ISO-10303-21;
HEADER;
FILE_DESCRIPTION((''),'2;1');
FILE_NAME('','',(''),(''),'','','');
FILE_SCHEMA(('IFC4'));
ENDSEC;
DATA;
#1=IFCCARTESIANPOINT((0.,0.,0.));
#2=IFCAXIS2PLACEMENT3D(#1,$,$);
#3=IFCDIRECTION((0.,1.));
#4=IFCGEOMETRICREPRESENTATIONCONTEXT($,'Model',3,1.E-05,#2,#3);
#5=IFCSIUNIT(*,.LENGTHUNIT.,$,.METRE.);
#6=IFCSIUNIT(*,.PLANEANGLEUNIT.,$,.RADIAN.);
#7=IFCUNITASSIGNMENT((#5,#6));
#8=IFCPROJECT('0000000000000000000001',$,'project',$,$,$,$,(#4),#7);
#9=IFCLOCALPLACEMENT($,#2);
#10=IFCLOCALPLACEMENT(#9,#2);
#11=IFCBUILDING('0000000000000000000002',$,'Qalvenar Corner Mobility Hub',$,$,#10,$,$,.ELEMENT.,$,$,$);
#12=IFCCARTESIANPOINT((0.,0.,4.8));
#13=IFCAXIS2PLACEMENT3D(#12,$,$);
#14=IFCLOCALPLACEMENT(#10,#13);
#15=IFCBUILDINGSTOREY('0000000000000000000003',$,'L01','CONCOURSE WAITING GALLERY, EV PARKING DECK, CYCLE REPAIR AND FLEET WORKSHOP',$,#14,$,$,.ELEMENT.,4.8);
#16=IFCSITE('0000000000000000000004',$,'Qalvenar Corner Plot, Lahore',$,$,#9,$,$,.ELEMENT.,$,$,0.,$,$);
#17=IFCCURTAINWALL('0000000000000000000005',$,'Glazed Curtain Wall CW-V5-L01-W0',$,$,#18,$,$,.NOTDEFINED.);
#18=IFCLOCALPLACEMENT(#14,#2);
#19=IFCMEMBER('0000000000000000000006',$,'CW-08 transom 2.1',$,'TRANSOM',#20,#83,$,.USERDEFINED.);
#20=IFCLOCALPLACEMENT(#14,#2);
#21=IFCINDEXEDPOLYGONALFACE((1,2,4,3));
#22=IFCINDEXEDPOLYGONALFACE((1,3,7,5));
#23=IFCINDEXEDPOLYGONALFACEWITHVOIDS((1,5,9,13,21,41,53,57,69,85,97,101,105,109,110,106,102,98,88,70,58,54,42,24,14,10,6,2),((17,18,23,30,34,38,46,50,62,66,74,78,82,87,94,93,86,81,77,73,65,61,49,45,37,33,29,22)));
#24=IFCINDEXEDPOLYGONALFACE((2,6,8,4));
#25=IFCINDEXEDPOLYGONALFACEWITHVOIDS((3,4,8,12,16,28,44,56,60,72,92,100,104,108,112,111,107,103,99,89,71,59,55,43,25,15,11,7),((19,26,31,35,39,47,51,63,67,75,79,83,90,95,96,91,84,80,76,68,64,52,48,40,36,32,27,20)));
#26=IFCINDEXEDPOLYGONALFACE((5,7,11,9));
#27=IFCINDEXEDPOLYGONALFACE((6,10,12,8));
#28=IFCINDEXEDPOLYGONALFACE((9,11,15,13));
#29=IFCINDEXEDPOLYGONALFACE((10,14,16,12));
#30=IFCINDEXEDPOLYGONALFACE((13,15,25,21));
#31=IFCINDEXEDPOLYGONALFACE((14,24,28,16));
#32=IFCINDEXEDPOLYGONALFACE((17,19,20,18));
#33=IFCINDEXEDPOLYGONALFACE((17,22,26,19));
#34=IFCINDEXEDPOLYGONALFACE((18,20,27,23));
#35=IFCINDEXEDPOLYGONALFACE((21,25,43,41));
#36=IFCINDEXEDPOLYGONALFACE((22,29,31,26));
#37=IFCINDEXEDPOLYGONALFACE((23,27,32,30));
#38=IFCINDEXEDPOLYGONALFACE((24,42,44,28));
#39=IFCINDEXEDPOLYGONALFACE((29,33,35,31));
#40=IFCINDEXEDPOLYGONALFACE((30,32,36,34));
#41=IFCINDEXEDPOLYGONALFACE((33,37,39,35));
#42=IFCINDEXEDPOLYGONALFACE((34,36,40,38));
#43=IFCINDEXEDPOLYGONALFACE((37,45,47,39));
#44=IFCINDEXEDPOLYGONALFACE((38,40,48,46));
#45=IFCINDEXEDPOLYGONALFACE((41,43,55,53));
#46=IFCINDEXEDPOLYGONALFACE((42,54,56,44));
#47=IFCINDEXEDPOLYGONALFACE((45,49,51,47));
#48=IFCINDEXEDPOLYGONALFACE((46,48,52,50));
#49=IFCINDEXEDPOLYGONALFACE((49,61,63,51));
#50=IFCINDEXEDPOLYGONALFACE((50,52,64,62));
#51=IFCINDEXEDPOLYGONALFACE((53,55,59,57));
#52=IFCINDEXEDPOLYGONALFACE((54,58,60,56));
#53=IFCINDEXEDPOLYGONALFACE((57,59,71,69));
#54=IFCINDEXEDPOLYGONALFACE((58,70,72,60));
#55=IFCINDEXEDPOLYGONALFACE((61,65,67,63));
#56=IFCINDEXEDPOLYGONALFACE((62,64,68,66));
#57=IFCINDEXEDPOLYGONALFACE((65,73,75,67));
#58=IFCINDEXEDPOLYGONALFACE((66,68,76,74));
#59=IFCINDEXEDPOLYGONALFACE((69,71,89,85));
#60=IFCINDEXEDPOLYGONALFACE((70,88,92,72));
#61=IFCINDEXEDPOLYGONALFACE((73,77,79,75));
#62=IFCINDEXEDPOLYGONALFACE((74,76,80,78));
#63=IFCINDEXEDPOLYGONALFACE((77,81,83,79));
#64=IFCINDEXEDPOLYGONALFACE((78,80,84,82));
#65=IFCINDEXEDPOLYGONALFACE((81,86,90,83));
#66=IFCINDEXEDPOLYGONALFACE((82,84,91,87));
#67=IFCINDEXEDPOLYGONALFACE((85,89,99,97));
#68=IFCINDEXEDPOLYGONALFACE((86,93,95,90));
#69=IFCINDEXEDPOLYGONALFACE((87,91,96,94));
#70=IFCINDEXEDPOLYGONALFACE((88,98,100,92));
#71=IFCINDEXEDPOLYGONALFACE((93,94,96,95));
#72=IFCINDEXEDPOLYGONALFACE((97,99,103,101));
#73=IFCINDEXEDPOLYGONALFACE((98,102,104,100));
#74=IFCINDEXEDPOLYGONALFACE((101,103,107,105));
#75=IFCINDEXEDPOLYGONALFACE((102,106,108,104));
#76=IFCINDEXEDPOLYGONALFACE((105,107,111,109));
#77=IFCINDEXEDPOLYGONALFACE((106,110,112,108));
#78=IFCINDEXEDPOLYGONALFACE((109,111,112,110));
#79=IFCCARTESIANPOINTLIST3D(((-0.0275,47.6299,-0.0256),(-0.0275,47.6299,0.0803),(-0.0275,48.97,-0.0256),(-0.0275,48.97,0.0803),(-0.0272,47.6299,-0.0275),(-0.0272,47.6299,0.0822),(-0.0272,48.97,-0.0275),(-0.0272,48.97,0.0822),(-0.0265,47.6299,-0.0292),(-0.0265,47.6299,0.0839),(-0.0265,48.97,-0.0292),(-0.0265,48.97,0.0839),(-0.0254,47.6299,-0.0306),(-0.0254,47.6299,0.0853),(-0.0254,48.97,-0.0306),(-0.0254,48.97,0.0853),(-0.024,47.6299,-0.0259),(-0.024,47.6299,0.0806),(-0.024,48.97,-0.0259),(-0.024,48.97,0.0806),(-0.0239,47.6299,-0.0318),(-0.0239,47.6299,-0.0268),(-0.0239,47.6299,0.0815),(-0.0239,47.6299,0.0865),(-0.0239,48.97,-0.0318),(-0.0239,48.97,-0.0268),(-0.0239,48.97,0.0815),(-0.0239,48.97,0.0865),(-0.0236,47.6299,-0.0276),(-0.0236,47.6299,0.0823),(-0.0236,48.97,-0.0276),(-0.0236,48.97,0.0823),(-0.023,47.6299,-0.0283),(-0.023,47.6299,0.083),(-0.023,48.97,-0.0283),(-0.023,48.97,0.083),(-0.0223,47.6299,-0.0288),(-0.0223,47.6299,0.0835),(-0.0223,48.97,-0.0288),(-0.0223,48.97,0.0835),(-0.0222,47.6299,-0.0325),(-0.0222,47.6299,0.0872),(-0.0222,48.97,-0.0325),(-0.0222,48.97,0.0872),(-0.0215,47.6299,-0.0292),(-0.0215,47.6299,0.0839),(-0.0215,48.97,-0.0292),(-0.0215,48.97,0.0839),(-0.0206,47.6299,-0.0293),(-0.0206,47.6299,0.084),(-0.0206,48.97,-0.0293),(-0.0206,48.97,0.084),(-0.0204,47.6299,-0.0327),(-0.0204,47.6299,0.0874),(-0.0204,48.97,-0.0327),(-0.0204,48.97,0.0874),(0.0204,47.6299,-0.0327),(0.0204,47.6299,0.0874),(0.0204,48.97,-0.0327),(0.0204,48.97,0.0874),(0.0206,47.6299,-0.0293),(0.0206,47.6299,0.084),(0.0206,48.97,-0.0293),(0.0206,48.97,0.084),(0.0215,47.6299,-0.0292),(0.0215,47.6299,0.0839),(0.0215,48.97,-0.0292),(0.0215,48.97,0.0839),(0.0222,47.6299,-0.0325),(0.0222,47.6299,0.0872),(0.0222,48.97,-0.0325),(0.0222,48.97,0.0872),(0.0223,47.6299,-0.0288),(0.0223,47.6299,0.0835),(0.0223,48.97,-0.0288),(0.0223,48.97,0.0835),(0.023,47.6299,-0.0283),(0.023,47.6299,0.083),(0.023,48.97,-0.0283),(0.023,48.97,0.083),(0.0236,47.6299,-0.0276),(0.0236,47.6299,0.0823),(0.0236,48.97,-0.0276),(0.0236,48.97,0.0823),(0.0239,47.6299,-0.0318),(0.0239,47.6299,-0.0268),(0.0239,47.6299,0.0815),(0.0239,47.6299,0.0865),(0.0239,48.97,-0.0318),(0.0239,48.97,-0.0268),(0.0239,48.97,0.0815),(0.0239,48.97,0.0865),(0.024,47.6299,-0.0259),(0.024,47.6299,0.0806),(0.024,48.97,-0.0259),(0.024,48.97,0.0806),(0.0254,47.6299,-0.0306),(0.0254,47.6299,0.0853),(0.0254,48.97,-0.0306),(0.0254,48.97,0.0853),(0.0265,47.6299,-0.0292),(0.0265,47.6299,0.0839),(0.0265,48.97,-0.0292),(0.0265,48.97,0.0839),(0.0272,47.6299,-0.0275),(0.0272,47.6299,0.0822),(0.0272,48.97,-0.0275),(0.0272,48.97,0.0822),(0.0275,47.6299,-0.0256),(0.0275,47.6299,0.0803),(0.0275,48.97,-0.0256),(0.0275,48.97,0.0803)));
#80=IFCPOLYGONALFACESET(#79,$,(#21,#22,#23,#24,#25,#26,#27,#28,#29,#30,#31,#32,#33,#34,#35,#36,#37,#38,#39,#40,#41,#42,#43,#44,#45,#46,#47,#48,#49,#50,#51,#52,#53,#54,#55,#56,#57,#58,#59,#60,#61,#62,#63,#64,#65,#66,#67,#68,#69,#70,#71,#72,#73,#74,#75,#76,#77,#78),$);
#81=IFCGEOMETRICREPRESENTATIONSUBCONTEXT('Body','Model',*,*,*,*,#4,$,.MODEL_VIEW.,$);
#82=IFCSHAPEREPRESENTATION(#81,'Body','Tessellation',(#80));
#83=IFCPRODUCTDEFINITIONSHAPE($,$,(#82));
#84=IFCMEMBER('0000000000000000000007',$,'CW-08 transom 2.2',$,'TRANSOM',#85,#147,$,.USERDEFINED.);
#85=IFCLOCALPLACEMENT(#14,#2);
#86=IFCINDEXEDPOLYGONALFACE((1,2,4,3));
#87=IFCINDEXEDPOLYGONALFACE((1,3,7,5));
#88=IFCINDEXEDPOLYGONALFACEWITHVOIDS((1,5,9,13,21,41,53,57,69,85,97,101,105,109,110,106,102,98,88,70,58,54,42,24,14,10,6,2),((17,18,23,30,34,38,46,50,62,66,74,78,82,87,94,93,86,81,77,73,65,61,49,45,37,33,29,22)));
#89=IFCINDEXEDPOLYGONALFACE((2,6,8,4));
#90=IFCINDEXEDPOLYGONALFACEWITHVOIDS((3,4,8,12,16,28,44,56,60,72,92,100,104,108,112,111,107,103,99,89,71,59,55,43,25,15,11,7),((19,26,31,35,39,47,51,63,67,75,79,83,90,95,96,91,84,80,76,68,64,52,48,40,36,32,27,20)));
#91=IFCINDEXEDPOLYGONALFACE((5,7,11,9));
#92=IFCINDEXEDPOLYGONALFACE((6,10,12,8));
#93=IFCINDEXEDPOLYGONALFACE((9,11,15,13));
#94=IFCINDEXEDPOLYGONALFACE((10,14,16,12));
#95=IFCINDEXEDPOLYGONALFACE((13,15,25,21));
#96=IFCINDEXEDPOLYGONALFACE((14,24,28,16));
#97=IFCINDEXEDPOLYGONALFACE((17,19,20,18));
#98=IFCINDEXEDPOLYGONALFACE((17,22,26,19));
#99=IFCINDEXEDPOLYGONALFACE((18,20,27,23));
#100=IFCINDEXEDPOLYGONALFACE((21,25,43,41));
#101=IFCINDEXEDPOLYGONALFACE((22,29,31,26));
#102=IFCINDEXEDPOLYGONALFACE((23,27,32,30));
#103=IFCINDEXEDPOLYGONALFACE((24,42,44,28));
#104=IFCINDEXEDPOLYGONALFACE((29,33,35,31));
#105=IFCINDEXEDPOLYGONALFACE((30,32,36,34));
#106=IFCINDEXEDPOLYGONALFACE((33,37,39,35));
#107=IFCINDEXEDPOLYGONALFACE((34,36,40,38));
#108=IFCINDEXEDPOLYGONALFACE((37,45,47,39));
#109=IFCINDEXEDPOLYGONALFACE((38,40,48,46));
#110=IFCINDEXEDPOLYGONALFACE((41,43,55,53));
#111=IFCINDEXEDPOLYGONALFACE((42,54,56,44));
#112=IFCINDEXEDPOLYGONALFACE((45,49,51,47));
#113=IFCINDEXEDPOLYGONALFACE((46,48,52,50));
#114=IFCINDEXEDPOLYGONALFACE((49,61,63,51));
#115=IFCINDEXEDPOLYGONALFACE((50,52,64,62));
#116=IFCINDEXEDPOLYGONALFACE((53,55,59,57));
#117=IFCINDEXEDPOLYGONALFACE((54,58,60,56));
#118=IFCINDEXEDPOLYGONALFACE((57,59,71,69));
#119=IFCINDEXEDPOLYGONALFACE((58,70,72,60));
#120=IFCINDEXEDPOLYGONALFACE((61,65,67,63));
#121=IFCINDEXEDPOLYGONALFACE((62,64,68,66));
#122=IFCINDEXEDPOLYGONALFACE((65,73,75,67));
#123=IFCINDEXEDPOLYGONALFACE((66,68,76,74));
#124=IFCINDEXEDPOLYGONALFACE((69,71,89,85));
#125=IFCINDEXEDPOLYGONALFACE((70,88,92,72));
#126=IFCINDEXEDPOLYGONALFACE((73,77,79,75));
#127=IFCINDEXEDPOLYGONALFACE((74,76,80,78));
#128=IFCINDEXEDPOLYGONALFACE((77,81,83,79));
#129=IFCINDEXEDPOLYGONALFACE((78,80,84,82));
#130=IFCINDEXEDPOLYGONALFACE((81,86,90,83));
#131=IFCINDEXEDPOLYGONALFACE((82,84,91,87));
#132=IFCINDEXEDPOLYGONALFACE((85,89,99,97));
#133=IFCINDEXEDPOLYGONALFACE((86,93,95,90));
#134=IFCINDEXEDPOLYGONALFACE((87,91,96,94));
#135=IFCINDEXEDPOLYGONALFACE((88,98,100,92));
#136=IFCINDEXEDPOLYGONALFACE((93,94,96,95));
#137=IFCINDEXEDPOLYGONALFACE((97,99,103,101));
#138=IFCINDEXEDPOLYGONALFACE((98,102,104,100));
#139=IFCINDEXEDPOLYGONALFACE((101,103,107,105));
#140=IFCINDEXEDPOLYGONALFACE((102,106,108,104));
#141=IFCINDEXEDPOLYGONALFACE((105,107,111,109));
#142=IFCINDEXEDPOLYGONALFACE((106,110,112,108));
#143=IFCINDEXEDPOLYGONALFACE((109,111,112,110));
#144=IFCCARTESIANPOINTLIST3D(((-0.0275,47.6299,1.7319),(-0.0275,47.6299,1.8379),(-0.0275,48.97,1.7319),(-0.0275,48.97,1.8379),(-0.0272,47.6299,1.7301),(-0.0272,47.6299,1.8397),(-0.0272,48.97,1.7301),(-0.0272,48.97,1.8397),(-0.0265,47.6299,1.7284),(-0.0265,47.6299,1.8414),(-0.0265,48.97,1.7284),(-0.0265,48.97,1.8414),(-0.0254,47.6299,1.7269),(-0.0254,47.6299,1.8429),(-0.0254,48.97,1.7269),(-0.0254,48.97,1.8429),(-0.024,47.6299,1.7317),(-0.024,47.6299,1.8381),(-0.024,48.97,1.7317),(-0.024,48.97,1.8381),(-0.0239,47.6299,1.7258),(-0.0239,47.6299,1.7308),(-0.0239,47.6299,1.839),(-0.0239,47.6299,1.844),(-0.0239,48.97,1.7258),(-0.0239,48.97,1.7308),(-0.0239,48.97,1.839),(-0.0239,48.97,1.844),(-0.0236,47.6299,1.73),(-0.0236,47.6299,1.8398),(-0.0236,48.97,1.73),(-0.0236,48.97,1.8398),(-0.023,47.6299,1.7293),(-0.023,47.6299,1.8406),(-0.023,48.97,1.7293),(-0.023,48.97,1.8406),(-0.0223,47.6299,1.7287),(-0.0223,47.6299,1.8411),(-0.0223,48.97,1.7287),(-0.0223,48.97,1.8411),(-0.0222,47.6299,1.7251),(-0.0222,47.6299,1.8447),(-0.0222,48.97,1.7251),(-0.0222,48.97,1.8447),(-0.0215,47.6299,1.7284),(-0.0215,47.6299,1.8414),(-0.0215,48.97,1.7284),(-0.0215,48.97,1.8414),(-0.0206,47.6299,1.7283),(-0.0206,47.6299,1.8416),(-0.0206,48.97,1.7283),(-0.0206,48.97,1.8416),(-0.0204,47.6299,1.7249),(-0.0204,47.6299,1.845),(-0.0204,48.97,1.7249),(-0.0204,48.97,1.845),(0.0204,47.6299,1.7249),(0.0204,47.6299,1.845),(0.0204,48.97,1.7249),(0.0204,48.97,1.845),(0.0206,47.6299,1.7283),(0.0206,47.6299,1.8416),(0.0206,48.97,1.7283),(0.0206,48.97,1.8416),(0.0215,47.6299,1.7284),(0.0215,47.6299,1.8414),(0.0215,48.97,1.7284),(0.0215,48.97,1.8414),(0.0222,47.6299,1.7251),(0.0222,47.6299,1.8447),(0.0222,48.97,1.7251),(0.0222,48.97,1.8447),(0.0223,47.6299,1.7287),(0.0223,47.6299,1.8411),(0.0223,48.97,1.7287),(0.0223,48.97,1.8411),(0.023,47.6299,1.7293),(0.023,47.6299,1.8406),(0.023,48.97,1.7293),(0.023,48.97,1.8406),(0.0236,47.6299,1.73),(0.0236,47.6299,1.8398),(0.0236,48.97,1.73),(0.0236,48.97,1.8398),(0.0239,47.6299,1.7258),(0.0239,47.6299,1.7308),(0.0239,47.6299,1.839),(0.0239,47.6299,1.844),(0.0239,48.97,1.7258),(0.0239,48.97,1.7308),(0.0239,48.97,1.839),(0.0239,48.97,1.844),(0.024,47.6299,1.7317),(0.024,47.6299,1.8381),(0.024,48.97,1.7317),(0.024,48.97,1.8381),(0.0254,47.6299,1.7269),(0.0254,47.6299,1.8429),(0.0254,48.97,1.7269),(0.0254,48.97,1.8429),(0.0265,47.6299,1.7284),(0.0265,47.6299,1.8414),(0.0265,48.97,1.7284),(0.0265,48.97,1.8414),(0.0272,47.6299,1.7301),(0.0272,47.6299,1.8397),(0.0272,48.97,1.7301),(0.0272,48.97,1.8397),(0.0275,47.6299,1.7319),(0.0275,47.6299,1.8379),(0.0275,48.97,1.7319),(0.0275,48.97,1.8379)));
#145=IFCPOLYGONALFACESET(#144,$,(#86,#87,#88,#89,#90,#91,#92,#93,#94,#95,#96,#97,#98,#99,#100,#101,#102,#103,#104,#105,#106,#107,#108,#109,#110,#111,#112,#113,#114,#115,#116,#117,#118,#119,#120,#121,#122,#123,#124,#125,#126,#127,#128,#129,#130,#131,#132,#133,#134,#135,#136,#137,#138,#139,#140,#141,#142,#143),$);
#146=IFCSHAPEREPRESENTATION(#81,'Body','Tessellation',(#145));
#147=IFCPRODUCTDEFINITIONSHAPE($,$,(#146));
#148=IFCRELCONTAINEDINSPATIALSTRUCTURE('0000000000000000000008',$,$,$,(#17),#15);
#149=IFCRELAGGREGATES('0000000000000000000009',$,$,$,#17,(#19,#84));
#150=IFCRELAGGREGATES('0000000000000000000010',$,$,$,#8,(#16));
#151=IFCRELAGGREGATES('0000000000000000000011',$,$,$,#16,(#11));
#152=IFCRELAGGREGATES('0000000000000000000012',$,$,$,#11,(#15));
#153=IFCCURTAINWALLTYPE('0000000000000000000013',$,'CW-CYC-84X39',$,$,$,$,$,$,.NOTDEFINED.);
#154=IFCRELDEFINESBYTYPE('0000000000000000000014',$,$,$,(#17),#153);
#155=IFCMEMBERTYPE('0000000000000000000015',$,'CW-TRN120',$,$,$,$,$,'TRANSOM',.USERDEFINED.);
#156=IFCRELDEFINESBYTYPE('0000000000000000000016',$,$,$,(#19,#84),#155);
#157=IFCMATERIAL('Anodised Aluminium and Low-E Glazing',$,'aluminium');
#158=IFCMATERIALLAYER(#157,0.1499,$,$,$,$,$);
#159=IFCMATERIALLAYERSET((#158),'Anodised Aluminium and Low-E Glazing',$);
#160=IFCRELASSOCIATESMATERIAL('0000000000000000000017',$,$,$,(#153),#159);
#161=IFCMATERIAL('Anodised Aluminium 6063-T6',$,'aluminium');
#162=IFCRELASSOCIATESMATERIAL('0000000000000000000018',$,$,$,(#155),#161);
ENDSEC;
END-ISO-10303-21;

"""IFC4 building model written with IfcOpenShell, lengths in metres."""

from ifc_helpers import new_model, si_unit, direction, frame, origin, origin_2d, place, context, subcontext, project, spatial, hollow_rectangle, extrude, material, layer, layer_set, material_profile, profile_set, type_object, element, aggregate, save


model = new_model("IFC4")

# Units and contexts
model_context = context("Model", 3, precision=1e-05, world=origin(), true_north=direction((0.0, 1.0)))
body_context = subcontext(model_context, "Body", "Model", "MODEL_VIEW")
ifc_project = project(units=[si_unit("LENGTHUNIT", "METRE"), si_unit("PLANEANGLEUNIT", "RADIAN")], contexts=[model_context])

# Site, building, storey
site_placement = place(None, origin())
site = spatial("IfcSite", under=ifc_project, at=site_placement, Name="Qalvenar Corner Plot, Lahore", CompositionType="ELEMENT", RefElevation=0.0)
building_placement = place(site_placement, origin())
building = spatial("IfcBuilding", under=site, at=building_placement, Name="Qalvenar Corner Mobility Hub", CompositionType="ELEMENT")
storey_placement = place(building_placement, frame((0.0, 0.0, 4.8)))
storey = spatial("IfcBuildingStorey", under=building, at=storey_placement, Name="L01", Description="CONCOURSE WAITING GALLERY, EV PARKING DECK, CYCLE REPAIR AND FLEET WORKSHOP", CompositionType="ELEMENT", Elevation=4.8)

# Curtain wall, members
ifc_material_1 = material(Name="Anodised Aluminium and Low-E Glazing", Category="aluminium")
ifc_layer_1 = layer(ifc_material_1, 0.1499)
ifc_layer_set_1 = layer_set([ifc_layer_1], Name="Anodised Aluminium and Low-E Glazing")
curtain_wall_type = type_object("IfcCurtainWallType", Name="CW-CYC-84X39", PredefinedType="NOTDEFINED", material=ifc_layer_set_1)
curtain_wall_placement = place(storey_placement, origin())
curtain_wall = element("IfcCurtainWall", 1, at=curtain_wall_placement, inside=storey, type_object=curtain_wall_type, Name="Glazed Curtain Wall CW-V5-L01-W0", PredefinedType="NOTDEFINED")
ifc_material_2 = material(Name="Anodised Aluminium 6063-T6", Category="aluminium")
ifc_material_profile_1 = material_profile(ifc_material_2, hollow_rectangle(XDim=0.0549, YDim=0.1201, WallThickness=0.0034, InnerFilletRadius=0.0034, OuterFilletRadius=0.0071, at=origin_2d()), Name="RHS120x55x3.5")
ifc_profile_set_1 = profile_set([ifc_material_profile_1], Name="Anodised Aluminium 6063-T6")
member_type_1 = type_object("IfcMemberType", Name="CW-TRN120", ElementType="TRANSOM", PredefinedType="USERDEFINED", material=ifc_profile_set_1)
member_1_placement = place(storey_placement, frame((0.0, 48.97, 0.0273), z_axis=(0.0, -1.0, 0.0), x_axis=(1.0, 0.0, 0.0)))
member_1 = element("IfcMember", 2, at=member_1_placement, type_object=member_type_1, Name="CW-08 transom 2.1", ObjectType="TRANSOM", PredefinedType="USERDEFINED", context=body_context, shape_type="SweptSolid", body=[
    extrude(hollow_rectangle(XDim=0.0549, YDim=0.1201, WallThickness=0.0034, InnerFilletRadius=0.0034, OuterFilletRadius=0.0071, at=origin_2d()), origin(), (0.0, 0.0, 1.0), 1.3401),
])
member_2_placement = place(storey_placement, frame((0.0, 48.97, 1.7849), z_axis=(0.0, -1.0, 0.0), x_axis=(1.0, 0.0, 0.0)))
member_2 = element("IfcMember", 3, at=member_2_placement, type_object=member_type_1, Name="CW-08 transom 2.2", ObjectType="TRANSOM", PredefinedType="USERDEFINED", context=body_context, shape_type="SweptSolid", body=[
    extrude(hollow_rectangle(XDim=0.0549, YDim=0.1201, WallThickness=0.0034, InnerFilletRadius=0.0034, OuterFilletRadius=0.0071, at=origin_2d()), origin(), (0.0, 0.0, 1.0), 1.3401),
])
aggregate(curtain_wall, [member_1, member_2])

save(model, "model.ifc")
